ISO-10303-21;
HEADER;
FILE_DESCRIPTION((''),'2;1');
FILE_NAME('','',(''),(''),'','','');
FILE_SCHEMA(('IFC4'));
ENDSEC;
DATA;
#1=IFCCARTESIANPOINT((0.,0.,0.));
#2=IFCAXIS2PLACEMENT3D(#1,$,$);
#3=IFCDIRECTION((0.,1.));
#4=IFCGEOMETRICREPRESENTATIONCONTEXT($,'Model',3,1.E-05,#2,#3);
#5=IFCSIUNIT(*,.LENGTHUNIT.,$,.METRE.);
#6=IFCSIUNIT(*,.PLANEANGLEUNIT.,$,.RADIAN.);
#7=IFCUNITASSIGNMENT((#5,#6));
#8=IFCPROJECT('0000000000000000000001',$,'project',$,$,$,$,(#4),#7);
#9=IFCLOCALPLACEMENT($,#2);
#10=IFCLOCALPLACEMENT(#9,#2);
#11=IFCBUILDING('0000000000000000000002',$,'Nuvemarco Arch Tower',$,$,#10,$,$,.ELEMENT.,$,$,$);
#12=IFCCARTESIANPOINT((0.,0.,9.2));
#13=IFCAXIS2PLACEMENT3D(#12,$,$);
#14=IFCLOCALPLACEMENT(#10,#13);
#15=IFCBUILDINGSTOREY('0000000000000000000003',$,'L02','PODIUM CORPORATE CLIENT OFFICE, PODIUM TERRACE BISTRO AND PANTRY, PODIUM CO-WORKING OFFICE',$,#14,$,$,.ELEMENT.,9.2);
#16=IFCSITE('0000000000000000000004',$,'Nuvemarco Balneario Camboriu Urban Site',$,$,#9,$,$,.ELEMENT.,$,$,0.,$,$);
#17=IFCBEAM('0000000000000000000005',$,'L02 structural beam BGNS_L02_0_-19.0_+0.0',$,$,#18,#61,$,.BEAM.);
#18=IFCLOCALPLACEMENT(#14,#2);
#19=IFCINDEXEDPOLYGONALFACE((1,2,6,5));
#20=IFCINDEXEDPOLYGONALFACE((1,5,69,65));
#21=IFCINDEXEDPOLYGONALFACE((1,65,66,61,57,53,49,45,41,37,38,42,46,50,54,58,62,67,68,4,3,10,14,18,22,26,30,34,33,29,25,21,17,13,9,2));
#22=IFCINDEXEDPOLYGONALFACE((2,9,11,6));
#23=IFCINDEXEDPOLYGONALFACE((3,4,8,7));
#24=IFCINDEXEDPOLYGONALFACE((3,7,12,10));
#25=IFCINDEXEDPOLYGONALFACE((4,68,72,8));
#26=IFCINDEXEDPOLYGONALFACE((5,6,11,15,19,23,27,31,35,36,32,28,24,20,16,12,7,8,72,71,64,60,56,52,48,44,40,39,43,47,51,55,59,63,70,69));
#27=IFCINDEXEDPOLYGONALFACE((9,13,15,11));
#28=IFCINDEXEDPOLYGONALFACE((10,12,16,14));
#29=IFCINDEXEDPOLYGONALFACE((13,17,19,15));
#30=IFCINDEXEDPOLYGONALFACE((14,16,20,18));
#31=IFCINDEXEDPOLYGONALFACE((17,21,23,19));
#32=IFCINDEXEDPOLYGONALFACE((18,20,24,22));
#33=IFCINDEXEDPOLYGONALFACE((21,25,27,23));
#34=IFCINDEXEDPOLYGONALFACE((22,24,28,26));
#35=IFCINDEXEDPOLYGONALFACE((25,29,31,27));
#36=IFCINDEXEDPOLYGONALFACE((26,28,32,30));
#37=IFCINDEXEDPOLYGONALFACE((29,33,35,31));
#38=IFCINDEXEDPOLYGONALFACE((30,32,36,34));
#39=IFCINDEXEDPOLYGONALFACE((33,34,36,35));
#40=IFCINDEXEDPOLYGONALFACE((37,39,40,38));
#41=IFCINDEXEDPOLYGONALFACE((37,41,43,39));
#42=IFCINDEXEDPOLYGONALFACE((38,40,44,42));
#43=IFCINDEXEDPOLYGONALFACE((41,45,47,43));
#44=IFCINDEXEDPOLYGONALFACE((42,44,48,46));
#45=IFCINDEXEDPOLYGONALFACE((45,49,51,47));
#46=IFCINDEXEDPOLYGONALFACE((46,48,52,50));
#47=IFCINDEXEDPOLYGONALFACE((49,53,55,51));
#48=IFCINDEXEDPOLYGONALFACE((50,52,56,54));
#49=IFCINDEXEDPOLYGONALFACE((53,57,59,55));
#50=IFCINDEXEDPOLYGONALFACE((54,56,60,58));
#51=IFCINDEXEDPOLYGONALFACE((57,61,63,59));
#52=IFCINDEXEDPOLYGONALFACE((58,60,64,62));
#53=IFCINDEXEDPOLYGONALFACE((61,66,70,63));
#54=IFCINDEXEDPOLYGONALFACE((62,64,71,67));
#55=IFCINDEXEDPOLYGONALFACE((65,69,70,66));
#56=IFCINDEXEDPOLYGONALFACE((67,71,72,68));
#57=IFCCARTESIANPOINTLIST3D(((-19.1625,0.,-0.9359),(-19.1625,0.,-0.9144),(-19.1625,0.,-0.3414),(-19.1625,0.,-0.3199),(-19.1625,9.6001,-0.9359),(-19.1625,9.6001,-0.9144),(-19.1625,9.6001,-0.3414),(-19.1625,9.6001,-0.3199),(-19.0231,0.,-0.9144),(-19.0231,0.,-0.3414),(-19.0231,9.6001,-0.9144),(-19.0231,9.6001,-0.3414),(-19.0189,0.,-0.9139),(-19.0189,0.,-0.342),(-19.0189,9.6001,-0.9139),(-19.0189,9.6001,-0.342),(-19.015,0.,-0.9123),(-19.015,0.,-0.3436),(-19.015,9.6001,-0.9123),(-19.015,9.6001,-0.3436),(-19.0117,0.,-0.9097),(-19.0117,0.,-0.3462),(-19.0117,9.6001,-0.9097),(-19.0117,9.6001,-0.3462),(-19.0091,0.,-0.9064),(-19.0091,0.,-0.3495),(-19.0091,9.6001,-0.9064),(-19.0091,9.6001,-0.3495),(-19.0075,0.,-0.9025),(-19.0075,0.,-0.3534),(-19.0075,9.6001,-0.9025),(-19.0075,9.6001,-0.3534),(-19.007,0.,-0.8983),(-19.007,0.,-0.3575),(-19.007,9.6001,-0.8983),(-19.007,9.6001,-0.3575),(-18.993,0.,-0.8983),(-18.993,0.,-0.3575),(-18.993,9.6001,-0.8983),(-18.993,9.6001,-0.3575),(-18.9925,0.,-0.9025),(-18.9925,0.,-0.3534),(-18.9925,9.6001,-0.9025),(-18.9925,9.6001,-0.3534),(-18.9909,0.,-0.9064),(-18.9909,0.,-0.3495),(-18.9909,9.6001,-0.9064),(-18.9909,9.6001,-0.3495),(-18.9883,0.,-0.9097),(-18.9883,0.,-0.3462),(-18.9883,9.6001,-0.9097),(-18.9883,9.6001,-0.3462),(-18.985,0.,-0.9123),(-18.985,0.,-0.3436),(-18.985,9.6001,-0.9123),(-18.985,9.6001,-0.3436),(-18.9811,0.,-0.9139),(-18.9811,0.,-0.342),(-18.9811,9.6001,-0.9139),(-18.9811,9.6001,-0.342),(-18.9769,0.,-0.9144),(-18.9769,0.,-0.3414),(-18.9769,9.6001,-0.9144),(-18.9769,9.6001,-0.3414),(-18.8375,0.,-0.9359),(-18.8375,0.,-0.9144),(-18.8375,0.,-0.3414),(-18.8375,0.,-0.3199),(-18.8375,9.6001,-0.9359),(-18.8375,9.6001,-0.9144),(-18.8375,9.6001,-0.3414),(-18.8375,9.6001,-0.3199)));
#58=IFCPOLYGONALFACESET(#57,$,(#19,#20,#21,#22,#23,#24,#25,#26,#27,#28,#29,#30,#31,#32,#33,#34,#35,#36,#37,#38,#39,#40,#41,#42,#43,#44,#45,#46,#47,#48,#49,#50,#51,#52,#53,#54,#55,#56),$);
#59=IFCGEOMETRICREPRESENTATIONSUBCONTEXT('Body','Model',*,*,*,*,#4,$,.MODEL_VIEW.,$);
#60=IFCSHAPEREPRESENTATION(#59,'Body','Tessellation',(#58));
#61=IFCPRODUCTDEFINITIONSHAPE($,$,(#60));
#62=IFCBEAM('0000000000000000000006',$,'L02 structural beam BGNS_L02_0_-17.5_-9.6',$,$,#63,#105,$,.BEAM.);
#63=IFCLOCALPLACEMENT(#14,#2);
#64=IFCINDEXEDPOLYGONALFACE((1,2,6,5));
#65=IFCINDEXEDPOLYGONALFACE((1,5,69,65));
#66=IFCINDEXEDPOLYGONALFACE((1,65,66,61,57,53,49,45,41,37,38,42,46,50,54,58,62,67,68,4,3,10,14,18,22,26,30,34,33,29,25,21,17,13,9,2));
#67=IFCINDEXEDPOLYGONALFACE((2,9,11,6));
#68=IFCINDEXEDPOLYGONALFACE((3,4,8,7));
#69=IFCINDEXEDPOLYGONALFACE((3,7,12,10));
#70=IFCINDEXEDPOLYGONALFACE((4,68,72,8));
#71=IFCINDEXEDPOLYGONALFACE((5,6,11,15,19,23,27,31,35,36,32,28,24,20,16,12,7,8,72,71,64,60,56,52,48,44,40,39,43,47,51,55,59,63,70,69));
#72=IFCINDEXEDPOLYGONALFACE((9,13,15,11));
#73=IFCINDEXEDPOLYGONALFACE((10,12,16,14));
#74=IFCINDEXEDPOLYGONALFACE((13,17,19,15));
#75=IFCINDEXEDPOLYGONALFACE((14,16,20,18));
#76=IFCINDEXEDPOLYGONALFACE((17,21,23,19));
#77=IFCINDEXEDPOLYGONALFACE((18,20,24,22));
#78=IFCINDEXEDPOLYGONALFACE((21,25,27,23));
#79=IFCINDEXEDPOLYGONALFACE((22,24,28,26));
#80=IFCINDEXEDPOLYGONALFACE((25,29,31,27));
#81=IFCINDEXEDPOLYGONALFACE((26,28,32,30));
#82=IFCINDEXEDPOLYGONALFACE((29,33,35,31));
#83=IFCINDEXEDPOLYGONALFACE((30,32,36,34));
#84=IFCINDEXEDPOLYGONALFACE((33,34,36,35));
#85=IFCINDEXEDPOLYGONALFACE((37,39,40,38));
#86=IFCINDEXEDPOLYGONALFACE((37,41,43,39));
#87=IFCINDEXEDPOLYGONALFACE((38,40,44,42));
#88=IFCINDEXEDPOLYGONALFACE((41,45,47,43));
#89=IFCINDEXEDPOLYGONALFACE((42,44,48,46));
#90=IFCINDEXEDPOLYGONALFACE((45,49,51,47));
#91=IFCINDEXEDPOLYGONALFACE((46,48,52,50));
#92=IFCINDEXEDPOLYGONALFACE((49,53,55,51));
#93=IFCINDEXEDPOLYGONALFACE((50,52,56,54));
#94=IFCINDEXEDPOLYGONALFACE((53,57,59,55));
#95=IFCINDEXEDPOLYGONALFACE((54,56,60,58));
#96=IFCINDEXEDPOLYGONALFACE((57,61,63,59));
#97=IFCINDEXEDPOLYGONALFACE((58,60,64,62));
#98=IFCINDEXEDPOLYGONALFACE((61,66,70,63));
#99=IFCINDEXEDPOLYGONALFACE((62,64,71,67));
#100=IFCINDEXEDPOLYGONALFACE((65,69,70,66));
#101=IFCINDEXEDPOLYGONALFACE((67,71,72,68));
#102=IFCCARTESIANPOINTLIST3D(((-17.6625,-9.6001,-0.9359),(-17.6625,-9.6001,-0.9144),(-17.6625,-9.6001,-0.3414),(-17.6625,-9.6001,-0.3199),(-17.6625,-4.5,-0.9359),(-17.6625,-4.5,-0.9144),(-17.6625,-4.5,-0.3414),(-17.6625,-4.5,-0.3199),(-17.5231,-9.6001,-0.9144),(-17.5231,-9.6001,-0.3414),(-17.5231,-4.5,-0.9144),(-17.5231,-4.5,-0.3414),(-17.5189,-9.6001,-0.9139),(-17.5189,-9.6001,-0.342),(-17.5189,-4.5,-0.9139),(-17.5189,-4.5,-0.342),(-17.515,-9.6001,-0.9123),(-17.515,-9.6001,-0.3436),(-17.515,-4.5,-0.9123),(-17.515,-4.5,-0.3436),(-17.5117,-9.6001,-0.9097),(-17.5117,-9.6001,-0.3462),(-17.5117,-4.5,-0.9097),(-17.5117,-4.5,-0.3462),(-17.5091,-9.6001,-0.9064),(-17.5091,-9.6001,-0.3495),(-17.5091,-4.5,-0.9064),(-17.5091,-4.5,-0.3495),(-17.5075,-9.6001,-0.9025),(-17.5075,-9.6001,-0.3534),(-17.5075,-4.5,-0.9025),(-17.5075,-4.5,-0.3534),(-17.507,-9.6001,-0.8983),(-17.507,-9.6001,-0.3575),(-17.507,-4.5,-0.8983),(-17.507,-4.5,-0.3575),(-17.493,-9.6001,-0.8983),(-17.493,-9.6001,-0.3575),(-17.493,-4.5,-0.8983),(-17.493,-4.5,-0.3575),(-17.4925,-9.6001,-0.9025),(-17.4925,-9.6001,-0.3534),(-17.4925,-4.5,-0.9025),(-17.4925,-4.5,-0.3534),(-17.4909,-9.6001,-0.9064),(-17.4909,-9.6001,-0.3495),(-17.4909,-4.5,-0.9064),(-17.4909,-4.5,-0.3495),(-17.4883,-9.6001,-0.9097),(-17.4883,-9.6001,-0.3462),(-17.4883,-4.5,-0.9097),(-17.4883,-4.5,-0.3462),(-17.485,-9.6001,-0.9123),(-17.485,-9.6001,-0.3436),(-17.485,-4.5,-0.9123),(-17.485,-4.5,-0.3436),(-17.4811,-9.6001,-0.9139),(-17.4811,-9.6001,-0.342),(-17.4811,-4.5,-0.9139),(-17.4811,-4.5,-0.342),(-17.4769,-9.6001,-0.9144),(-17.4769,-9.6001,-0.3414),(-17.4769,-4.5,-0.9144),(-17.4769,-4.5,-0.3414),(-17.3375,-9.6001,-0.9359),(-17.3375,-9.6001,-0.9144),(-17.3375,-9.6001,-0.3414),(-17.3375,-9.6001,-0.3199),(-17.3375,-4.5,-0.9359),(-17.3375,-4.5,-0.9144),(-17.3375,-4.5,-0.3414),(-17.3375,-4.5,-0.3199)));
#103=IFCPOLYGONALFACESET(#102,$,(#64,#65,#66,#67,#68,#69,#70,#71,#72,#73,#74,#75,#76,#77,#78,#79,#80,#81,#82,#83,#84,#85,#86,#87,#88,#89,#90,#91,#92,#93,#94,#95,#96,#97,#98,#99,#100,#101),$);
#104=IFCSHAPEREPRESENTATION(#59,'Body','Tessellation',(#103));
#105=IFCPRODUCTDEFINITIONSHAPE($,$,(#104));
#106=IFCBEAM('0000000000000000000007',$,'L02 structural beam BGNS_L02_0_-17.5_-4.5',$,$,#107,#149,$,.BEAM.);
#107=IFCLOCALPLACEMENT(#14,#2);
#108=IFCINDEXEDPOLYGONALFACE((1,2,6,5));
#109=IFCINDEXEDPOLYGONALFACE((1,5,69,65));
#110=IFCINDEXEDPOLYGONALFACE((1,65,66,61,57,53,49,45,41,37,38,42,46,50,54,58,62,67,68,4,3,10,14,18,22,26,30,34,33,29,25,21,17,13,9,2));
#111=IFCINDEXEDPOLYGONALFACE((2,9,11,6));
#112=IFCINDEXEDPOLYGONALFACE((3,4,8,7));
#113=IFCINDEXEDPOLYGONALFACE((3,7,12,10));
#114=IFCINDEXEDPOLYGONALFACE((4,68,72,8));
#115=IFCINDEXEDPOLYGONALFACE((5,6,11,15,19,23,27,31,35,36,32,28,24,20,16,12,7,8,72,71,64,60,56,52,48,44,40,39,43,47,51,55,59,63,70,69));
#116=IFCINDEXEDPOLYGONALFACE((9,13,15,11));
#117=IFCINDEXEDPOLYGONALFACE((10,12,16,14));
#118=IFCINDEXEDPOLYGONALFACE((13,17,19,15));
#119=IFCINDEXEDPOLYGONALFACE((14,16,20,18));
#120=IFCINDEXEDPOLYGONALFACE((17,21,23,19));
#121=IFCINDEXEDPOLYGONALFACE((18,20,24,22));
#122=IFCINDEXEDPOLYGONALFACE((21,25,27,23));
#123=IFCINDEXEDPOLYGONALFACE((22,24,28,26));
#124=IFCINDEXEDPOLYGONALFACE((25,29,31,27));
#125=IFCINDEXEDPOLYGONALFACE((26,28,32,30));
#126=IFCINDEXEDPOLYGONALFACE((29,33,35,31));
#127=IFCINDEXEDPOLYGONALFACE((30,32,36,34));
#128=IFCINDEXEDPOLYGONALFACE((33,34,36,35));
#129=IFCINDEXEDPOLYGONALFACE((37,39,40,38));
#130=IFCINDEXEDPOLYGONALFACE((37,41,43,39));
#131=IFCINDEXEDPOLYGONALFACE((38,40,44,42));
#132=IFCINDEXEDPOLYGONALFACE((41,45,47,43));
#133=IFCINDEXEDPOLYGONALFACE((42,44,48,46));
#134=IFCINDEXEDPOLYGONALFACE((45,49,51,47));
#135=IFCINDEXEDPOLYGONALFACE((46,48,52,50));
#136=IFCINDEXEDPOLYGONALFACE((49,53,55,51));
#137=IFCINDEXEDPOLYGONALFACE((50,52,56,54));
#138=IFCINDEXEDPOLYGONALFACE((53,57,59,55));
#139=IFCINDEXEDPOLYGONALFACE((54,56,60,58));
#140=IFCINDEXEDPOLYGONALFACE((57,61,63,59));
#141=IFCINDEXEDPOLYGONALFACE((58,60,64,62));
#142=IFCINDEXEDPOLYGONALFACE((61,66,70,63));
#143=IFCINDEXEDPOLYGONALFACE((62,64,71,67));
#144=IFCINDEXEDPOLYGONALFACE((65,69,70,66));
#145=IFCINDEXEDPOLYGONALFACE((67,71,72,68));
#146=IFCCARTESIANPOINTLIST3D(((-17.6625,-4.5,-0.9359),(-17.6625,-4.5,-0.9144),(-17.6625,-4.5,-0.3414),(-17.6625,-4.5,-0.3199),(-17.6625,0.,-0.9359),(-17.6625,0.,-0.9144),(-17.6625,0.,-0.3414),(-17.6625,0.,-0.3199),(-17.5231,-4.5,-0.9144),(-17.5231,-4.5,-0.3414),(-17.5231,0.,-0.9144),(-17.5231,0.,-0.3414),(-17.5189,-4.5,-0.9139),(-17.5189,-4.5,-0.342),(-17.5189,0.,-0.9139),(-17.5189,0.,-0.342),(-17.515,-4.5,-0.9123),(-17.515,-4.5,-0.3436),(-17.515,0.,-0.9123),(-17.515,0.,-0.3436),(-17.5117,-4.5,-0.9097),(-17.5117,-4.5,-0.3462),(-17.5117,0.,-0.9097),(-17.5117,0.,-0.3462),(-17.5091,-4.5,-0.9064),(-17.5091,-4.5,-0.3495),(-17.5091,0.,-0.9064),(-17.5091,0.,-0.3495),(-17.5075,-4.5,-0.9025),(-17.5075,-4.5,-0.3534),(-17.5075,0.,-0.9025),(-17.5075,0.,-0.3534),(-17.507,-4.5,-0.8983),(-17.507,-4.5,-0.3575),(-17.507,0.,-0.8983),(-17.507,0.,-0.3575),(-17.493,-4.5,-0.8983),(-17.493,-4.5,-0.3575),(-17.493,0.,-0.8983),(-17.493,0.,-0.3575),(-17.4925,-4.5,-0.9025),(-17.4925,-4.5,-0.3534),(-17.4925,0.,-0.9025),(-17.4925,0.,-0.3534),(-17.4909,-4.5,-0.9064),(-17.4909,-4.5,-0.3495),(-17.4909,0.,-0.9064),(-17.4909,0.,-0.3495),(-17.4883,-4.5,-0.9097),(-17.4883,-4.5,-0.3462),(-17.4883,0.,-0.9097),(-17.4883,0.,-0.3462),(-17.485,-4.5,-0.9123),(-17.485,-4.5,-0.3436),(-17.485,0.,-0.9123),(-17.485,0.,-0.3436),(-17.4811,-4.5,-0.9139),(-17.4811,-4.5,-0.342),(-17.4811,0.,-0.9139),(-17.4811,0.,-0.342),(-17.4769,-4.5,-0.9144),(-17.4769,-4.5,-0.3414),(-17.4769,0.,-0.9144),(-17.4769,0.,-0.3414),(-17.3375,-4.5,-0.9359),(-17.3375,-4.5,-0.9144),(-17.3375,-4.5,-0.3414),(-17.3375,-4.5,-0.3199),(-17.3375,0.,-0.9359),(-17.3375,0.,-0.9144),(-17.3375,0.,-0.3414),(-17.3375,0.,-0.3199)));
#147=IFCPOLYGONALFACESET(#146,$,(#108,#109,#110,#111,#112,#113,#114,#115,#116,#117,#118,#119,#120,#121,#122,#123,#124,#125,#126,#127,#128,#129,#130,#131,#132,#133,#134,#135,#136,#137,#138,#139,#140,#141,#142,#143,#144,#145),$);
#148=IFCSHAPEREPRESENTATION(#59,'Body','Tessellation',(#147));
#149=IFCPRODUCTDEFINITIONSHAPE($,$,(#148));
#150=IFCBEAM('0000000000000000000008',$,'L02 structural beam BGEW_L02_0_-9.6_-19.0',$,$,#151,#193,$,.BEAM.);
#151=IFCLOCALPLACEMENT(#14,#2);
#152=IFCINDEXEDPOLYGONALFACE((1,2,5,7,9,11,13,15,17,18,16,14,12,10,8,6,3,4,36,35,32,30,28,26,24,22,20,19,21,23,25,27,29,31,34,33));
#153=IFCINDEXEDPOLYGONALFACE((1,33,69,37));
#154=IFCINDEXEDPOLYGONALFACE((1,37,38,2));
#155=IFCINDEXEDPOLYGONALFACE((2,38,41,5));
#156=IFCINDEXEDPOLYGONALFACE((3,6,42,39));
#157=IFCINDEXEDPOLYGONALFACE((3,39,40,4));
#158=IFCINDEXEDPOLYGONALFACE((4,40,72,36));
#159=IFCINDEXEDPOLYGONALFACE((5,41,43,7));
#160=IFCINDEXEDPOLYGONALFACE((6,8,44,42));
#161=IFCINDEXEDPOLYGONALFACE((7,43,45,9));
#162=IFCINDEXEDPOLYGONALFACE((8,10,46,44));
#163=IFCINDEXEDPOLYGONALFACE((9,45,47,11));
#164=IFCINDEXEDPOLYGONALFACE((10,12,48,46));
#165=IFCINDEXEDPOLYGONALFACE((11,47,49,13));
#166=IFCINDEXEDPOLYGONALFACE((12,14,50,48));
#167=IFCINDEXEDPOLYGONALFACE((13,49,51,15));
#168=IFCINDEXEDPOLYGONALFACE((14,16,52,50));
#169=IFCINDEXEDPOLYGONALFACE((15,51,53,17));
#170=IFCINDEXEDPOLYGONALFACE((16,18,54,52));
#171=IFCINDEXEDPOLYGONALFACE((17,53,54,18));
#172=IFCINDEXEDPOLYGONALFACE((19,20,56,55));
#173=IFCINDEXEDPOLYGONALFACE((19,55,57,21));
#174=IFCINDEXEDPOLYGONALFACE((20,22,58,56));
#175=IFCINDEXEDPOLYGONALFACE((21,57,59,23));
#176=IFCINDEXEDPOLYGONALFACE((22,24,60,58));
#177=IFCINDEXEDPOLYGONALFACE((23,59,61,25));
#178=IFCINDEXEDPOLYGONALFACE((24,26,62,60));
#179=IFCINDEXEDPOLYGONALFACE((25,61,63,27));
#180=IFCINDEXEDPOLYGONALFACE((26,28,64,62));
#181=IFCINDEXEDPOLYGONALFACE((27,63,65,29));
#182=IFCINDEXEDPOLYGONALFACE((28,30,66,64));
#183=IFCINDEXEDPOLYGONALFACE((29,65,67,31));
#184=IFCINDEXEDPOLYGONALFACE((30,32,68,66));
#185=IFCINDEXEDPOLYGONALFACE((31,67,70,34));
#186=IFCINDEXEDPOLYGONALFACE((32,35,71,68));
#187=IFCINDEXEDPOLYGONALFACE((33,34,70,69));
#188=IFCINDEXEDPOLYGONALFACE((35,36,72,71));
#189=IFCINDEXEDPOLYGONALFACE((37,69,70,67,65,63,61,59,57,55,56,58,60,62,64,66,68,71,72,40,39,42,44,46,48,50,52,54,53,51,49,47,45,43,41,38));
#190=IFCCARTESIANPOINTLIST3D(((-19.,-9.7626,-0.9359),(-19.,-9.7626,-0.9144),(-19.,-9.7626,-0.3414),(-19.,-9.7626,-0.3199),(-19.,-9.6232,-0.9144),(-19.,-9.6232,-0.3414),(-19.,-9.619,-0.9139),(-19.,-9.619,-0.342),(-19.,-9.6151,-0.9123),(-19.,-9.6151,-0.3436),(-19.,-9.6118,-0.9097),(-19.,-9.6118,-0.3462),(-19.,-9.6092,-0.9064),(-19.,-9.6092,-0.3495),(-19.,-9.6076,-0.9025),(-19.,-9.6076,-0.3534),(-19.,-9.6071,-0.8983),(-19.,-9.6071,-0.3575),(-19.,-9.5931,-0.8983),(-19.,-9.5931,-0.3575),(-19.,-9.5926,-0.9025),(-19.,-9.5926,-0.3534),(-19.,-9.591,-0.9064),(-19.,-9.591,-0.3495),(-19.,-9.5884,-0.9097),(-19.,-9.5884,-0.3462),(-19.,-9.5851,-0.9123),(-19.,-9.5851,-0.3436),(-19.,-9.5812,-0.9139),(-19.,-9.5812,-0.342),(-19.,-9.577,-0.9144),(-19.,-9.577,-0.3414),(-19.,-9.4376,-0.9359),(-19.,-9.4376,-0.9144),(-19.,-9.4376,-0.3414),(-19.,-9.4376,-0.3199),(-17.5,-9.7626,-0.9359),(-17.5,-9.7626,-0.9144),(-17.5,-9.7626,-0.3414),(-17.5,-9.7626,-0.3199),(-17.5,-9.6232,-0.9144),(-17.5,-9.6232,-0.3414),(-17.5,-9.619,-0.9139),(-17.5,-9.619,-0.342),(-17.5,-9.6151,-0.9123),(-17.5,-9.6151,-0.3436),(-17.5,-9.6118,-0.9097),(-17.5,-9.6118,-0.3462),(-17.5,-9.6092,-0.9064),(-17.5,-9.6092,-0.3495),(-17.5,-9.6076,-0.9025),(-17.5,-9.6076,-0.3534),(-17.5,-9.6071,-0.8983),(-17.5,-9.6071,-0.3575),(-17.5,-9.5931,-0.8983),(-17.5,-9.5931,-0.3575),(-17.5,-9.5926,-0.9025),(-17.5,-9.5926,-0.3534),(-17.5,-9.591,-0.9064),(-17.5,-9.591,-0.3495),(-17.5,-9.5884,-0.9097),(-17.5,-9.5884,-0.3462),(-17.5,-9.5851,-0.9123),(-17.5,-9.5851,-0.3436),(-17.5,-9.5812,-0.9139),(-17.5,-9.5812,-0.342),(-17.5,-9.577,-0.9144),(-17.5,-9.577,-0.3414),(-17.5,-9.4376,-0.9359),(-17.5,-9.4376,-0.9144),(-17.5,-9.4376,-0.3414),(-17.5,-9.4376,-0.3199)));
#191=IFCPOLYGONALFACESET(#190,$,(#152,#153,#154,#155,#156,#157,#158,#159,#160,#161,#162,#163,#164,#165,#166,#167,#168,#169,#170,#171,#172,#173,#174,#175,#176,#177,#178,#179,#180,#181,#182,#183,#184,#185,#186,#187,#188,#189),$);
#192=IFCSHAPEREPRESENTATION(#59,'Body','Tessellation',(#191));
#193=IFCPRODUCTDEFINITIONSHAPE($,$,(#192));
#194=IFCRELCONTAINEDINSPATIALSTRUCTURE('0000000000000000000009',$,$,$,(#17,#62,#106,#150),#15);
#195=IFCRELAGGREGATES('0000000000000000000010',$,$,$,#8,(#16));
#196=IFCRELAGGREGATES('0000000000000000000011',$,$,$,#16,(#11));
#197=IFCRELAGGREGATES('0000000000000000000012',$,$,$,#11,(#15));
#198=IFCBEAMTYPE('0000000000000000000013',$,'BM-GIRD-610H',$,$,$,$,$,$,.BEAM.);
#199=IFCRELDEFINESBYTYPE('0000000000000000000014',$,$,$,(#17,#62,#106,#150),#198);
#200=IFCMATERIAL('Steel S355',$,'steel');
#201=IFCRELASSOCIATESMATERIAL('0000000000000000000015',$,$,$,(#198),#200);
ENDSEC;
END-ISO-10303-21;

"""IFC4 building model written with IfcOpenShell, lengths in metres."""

from ifc_helpers import new_model, si_unit, direction, frame, origin, origin_2d, place, context, subcontext, project, spatial, i_section, extrude, material, material_profile, profile_set, type_object, element, save


model = new_model("IFC4")

# Units and contexts
model_context = context("Model", 3, precision=1e-05, world=origin(), true_north=direction((0.0, 1.0)))
body_context = subcontext(model_context, "Body", "Model", "MODEL_VIEW")
ifc_project = project(units=[si_unit("LENGTHUNIT", "METRE"), si_unit("PLANEANGLEUNIT", "RADIAN")], contexts=[model_context])

# Site, building, storey
site_placement = place(None, origin())
site = spatial("IfcSite", under=ifc_project, at=site_placement, Name="Nuvemarco Balneario Camboriu Urban Site", CompositionType="ELEMENT", RefElevation=0.0)
building_placement = place(site_placement, origin())
building = spatial("IfcBuilding", under=site, at=building_placement, Name="Nuvemarco Arch Tower", CompositionType="ELEMENT")
storey_placement = place(building_placement, frame((0.0, 0.0, 9.2)))
storey = spatial("IfcBuildingStorey", under=building, at=storey_placement, Name="L02", Description="PODIUM CORPORATE CLIENT OFFICE, PODIUM TERRACE BISTRO AND PANTRY, PODIUM CO-WORKING OFFICE", CompositionType="ELEMENT", Elevation=9.2)

# Beams
ifc_material_1 = material(Name="Steel S355", Category="steel")
ifc_material_profile_1 = material_profile(ifc_material_1, i_section(OverallWidth=0.325, OverallDepth=0.616, WebThickness=0.0139, FlangeThickness=0.0215, FilletRadius=0.0161, at=origin_2d()), Name="W610x174")
ifc_profile_set_1 = profile_set([ifc_material_profile_1], Name="Steel S355")
beam_type_1 = type_object("IfcBeamType", Name="BM-GIRD-610H", PredefinedType="BEAM", material=ifc_profile_set_1)
for number, where, z_axis, x_axis, name in (
    (1, (-19.0, 0.0, -0.6279), (0.0, 1.0, 0.0), (-1.0, 0.0, 0.0), "L02 structural beam BGNS_L02_0_-19.0_+0.0"),
):
    element("IfcBeam", number, at=place(storey_placement, frame(where, z_axis=z_axis, x_axis=x_axis)), inside=storey, type_object=beam_type_1, Name=name, PredefinedType="BEAM", context=body_context, shape_type="SweptSolid", body=[
        extrude(i_section(OverallWidth=0.325, OverallDepth=0.616, WebThickness=0.0139, FlangeThickness=0.0215, FilletRadius=0.0161, at=origin_2d()), origin(), (0.0, 0.0, 1.0), 9.6001),
    ])
beam_1_placement = place(storey_placement, frame((-17.5, -9.6001, -0.6279), z_axis=(0.0, 1.0, 0.0), x_axis=(-1.0, 0.0, 0.0)))
element("IfcBeam", 2, at=beam_1_placement, inside=storey, type_object=beam_type_1, Name="L02 structural beam BGNS_L02_0_-17.5_-9.6", PredefinedType="BEAM", context=body_context, shape_type="SweptSolid", body=[
    extrude(i_section(OverallWidth=0.325, OverallDepth=0.616, WebThickness=0.0139, FlangeThickness=0.0215, FilletRadius=0.0161, at=origin_2d()), origin(), (0.0, 0.0, 1.0), 5.1001),
])
beam_2_placement = place(storey_placement, frame((-17.5, -4.5, -0.6279), z_axis=(0.0, 1.0, 0.0), x_axis=(-1.0, 0.0, 0.0)))
element("IfcBeam", 3, at=beam_2_placement, inside=storey, type_object=beam_type_1, Name="L02 structural beam BGNS_L02_0_-17.5_-4.5", PredefinedType="BEAM", context=body_context, shape_type="SweptSolid", body=[
    extrude(i_section(OverallWidth=0.325, OverallDepth=0.616, WebThickness=0.0139, FlangeThickness=0.0215, FilletRadius=0.0161, at=origin_2d()), origin(), (0.0, 0.0, 1.0), 4.5),
])
beam_3_placement = place(storey_placement, frame((-19.0, -9.6001, -0.6279), z_axis=(1.0, 0.0, 0.0), x_axis=(0.0, 1.0, 0.0)))
element("IfcBeam", 4, at=beam_3_placement, inside=storey, type_object=beam_type_1, Name="L02 structural beam BGEW_L02_0_-9.6_-19.0", PredefinedType="BEAM", context=body_context, shape_type="SweptSolid", body=[
    extrude(i_section(OverallWidth=0.325, OverallDepth=0.616, WebThickness=0.0139, FlangeThickness=0.0215, FilletRadius=0.0161, at=origin_2d()), origin(), (0.0, 0.0, 1.0), 1.5),
])

save(model, "model.ifc")
